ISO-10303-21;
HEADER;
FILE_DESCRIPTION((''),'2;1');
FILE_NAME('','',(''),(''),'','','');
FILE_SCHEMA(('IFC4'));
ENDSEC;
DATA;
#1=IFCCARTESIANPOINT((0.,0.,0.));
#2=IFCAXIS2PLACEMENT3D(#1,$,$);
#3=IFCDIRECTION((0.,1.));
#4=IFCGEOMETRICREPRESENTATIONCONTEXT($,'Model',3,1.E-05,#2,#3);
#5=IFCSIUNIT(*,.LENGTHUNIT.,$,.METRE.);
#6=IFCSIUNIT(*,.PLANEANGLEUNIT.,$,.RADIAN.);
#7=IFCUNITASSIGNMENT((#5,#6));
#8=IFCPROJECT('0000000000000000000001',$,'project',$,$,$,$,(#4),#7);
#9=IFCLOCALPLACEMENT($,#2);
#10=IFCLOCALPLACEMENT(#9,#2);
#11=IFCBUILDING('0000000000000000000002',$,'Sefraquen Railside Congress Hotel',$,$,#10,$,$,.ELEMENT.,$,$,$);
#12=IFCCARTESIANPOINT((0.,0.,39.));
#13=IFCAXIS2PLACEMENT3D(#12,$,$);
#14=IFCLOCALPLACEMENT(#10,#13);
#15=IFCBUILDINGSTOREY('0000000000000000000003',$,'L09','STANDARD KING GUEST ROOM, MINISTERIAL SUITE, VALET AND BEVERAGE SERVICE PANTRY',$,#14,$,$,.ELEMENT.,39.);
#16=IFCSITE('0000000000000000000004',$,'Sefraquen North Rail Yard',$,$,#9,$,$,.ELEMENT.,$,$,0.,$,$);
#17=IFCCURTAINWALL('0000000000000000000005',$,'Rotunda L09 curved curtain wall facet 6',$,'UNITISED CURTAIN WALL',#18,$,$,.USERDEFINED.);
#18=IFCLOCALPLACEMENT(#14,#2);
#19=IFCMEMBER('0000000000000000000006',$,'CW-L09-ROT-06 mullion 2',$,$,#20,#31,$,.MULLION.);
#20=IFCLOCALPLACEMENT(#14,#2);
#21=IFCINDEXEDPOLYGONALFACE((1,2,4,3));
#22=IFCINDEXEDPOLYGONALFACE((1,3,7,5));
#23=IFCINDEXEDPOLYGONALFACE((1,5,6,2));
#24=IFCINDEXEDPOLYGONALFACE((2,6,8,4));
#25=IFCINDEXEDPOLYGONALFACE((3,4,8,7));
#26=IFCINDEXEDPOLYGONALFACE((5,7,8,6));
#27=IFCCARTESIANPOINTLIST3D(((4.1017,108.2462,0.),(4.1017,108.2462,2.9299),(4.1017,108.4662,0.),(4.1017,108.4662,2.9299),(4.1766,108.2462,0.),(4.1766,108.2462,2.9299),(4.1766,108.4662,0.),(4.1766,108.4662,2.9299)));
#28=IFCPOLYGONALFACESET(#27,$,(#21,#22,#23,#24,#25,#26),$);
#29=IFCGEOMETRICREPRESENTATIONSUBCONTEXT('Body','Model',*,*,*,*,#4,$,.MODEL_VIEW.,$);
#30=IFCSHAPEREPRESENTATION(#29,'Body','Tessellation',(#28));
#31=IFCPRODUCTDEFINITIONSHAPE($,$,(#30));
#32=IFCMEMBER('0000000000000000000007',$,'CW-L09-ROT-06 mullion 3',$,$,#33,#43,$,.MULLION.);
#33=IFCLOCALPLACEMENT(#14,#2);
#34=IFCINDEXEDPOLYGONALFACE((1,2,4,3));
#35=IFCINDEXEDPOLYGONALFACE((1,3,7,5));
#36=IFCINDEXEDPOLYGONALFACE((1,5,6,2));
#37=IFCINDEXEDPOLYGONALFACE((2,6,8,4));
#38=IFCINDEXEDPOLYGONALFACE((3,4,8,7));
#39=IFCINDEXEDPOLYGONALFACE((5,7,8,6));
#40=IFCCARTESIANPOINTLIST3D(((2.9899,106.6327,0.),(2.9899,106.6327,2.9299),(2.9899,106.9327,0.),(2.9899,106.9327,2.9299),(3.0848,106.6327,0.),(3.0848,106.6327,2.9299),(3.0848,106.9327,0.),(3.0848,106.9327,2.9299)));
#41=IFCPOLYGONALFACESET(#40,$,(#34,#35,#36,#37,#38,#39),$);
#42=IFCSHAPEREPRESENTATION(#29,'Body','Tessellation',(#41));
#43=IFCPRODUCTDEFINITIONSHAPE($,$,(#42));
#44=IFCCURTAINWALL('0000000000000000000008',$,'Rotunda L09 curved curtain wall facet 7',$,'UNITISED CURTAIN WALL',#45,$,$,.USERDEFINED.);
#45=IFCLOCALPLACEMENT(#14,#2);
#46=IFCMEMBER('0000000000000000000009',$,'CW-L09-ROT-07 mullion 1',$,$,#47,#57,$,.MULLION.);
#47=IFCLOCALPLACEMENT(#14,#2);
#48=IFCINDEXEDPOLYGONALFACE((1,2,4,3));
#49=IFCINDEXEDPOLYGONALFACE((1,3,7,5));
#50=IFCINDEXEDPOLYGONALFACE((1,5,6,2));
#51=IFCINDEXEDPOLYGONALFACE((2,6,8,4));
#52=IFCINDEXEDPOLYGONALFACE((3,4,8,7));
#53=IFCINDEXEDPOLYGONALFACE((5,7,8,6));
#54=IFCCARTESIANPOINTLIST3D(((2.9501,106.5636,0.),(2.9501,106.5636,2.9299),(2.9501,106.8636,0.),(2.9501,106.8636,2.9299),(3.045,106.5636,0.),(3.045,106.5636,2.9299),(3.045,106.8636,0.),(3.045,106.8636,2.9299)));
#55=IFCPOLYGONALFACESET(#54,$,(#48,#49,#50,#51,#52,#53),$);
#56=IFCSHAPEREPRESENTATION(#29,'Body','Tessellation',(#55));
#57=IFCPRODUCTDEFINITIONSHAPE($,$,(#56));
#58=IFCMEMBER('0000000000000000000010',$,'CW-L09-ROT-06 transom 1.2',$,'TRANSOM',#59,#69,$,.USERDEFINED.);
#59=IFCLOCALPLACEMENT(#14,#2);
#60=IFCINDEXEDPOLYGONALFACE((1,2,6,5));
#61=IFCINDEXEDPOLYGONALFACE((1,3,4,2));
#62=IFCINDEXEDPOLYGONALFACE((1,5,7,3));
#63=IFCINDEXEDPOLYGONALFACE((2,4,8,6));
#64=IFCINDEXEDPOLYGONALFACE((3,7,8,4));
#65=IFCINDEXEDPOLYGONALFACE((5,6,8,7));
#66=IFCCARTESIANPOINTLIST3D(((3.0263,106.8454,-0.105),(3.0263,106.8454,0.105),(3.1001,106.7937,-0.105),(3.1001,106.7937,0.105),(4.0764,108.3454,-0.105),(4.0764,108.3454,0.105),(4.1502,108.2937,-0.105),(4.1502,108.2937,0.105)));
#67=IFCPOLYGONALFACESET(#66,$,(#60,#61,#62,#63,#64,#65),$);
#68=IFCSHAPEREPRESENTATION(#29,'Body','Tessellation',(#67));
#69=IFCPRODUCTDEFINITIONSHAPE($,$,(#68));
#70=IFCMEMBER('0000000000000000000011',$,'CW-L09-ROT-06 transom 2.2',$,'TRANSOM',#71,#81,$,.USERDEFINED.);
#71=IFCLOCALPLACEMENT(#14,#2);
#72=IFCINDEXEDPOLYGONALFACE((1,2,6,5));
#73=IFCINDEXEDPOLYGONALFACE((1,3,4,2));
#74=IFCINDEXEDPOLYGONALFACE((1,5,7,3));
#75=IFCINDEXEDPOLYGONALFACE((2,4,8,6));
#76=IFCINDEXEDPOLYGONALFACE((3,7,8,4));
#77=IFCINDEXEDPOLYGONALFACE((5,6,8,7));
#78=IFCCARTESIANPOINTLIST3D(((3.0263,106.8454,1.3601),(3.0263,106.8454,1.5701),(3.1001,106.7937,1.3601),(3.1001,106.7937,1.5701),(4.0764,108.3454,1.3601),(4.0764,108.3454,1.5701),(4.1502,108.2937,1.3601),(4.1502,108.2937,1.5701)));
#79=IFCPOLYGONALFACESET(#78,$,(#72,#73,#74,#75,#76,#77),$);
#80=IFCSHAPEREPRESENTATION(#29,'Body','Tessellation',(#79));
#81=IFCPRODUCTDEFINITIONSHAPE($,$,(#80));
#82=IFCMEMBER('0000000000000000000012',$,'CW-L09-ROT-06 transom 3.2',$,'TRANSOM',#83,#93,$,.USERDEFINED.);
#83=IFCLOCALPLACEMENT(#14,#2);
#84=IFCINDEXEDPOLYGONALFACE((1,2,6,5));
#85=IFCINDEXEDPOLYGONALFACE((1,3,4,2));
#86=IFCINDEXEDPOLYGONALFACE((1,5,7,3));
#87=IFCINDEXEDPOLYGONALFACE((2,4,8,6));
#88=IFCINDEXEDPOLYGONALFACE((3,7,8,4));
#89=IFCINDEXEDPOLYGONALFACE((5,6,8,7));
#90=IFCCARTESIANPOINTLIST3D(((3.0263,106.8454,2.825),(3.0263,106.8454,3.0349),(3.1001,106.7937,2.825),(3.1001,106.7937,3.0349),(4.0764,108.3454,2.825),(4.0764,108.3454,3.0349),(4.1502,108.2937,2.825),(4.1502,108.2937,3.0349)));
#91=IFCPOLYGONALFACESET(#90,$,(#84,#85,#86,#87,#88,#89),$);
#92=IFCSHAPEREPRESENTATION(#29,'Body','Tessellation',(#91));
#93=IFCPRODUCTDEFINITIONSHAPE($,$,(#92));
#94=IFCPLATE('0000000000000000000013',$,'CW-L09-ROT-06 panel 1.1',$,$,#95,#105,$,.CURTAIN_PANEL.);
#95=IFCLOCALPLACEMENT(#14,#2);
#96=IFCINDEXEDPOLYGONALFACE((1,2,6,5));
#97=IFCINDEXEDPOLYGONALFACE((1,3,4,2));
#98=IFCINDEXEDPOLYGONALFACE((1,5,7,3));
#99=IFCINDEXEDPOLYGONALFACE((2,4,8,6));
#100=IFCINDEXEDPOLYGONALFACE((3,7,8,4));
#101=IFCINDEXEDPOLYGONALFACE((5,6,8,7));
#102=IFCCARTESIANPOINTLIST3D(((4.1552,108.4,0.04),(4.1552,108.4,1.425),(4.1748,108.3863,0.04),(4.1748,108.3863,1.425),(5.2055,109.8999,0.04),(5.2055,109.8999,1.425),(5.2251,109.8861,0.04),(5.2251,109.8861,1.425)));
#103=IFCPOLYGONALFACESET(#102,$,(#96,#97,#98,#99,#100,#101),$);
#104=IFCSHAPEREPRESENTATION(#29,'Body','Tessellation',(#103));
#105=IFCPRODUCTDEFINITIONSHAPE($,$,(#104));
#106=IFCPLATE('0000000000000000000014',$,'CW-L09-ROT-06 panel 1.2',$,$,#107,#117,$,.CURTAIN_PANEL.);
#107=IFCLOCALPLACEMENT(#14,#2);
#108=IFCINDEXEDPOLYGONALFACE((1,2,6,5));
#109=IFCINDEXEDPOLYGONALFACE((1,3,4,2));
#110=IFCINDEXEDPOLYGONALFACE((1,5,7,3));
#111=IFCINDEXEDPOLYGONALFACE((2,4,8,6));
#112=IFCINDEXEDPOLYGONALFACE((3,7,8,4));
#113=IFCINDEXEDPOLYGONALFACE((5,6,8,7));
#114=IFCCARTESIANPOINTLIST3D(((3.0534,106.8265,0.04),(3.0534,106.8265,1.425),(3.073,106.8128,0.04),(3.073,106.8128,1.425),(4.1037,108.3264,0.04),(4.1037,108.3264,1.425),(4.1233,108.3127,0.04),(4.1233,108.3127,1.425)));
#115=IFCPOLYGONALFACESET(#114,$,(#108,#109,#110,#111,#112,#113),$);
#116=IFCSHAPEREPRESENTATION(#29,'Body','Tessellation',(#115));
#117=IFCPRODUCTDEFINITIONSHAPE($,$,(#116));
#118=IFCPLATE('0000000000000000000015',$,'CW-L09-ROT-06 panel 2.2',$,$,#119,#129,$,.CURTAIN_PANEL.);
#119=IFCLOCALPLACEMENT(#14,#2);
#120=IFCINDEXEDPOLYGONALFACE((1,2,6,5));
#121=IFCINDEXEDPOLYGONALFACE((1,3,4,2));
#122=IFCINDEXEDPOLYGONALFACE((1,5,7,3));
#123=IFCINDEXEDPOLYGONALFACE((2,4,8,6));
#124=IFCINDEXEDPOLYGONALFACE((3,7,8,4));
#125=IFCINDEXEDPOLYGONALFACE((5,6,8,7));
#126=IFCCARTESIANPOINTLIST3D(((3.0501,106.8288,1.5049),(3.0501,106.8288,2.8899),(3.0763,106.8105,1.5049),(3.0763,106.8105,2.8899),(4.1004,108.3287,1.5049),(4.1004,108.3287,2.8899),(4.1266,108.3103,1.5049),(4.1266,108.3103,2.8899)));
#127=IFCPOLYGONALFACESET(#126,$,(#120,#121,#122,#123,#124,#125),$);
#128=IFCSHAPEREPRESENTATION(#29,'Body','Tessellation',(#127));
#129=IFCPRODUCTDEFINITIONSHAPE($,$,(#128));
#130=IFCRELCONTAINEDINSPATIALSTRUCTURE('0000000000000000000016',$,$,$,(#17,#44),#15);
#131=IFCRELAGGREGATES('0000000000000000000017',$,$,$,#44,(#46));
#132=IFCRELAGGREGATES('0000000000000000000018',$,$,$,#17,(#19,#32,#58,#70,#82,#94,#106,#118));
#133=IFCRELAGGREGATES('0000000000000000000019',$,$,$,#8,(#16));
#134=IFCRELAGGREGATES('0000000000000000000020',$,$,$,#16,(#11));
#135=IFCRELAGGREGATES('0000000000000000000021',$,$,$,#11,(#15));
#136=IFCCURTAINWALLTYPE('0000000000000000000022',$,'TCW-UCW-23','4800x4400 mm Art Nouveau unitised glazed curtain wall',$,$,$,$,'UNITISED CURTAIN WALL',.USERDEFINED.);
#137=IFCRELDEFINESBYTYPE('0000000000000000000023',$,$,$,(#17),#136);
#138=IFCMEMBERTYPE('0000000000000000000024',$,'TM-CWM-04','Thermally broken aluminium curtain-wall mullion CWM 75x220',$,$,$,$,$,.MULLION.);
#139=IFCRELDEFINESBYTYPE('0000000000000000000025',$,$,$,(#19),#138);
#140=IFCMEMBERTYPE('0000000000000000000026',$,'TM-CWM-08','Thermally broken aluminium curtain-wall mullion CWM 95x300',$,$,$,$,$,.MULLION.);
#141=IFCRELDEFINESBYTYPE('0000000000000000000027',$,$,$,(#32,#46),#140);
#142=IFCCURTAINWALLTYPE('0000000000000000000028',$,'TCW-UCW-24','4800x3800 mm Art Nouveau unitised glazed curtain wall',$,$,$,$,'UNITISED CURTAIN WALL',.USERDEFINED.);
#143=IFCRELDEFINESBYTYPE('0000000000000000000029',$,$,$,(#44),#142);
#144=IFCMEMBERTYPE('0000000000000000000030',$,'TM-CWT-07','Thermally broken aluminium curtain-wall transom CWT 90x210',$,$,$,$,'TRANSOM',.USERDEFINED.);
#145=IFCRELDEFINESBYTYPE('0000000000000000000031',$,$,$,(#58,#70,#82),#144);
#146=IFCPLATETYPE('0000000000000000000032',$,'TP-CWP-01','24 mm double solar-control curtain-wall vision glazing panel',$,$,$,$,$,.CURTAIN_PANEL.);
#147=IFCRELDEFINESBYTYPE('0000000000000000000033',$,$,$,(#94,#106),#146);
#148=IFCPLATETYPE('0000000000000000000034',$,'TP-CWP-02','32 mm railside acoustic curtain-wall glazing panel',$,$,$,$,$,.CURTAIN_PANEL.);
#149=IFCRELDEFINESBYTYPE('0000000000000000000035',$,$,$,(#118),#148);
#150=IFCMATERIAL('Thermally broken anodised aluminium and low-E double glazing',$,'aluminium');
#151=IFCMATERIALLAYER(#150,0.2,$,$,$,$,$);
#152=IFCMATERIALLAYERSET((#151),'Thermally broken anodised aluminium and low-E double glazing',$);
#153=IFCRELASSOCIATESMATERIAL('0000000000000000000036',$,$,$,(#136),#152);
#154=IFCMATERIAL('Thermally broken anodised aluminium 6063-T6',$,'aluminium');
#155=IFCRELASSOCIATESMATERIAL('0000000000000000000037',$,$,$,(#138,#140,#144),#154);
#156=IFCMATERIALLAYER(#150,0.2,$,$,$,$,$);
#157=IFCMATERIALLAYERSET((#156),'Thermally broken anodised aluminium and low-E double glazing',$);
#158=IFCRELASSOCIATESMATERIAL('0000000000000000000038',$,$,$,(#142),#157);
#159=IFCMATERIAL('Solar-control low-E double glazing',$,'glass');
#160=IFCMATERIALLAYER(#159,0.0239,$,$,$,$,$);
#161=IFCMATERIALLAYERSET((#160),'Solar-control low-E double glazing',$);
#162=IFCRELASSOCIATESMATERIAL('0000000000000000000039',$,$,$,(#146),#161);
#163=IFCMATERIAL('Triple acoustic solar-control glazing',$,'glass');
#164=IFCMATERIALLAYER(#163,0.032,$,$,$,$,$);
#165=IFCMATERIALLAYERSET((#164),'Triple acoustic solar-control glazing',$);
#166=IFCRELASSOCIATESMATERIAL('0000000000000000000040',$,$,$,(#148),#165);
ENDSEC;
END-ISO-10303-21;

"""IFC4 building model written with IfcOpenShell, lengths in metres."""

from ifc_helpers import new_model, si_unit, direction, frame, origin, origin_2d, place, context, subcontext, project, spatial, rectangle, extrude, material, layer, layer_set, material_profile, profile_set, type_object, element, aggregate, save


model = new_model("IFC4")

# Units and contexts
model_context = context("Model", 3, precision=1e-05, world=origin(), true_north=direction((0.0, 1.0)))
body_context = subcontext(model_context, "Body", "Model", "MODEL_VIEW")
ifc_project = project(units=[si_unit("LENGTHUNIT", "METRE"), si_unit("PLANEANGLEUNIT", "RADIAN")], contexts=[model_context])

# Site, building, storey
site_placement = place(None, origin())
site = spatial("IfcSite", under=ifc_project, at=site_placement, Name="Sefraquen North Rail Yard", CompositionType="ELEMENT", RefElevation=0.0)
building_placement = place(site_placement, origin())
building = spatial("IfcBuilding", under=site, at=building_placement, Name="Sefraquen Railside Congress Hotel", CompositionType="ELEMENT")
storey_placement = place(building_placement, frame((0.0, 0.0, 39.0)))
storey = spatial("IfcBuildingStorey", under=building, at=storey_placement, Name="L09", Description="STANDARD KING GUEST ROOM, MINISTERIAL SUITE, VALET AND BEVERAGE SERVICE PANTRY", CompositionType="ELEMENT", Elevation=39.0)

# Curtain wall, members
ifc_material_1 = material(Name="Thermally broken anodised aluminium and low-E double glazing", Category="aluminium")
ifc_layer_1 = layer(ifc_material_1, 0.2)
ifc_layer_set_1 = layer_set([ifc_layer_1], Name="Thermally broken anodised aluminium and low-E double glazing")
curtain_wall_type_1 = type_object("IfcCurtainWallType", Name="TCW-UCW-23", Description="4800x4400 mm Art Nouveau unitised glazed curtain wall", ElementType="UNITISED CURTAIN WALL", PredefinedType="USERDEFINED", material=ifc_layer_set_1)
curtain_wall_1_placement = place(storey_placement, origin())
curtain_wall_1 = element("IfcCurtainWall", 1, at=curtain_wall_1_placement, inside=storey, type_object=curtain_wall_type_1, Name="Rotunda L09 curved curtain wall facet 6", ObjectType="UNITISED CURTAIN WALL", PredefinedType="USERDEFINED")
ifc_material_2 = material(Name="Thermally broken anodised aluminium 6063-T6", Category="aluminium")
ifc_material_profile_1 = material_profile(ifc_material_2, rectangle(XDim=0.075, YDim=0.22, at=origin_2d()), Name="CWM 75x220")
ifc_profile_set_1 = profile_set([ifc_material_profile_1], Name="Thermally broken anodised aluminium 6063-T6")
member_type_1 = type_object("IfcMemberType", Name="TM-CWM-04", Description="Thermally broken aluminium curtain-wall mullion CWM 75x220", PredefinedType="MULLION", material=ifc_profile_set_1)
member_1_placement = place(storey_placement, frame((4.1392, 108.3562, 0.0), z_axis=(0.0, 0.0, 1.0), x_axis=(1.0, 0.0, 0.0)))
member_1 = element("IfcMember", 2, at=member_1_placement, type_object=member_type_1, Name="CW-L09-ROT-06 mullion 2", PredefinedType="MULLION", context=body_context, shape_type="SweptSolid", body=[
    extrude(rectangle(XDim=0.075, YDim=0.22, at=origin_2d()), origin(), (0.0, 0.0, 1.0), 2.9299),
])
ifc_material_profile_2 = material_profile(ifc_material_2, rectangle(XDim=0.095, YDim=0.3, at=origin_2d()), Name="CWM 95x300")
ifc_profile_set_2 = profile_set([ifc_material_profile_2], Name="Thermally broken anodised aluminium 6063-T6")
member_type_2 = type_object("IfcMemberType", Name="TM-CWM-08", Description="Thermally broken aluminium curtain-wall mullion CWM 95x300", PredefinedType="MULLION", material=ifc_profile_set_2)
member_2_placement = place(storey_placement, frame((3.0374, 106.7827, 0.0), z_axis=(0.0, 0.0, 1.0), x_axis=(1.0, 0.0, 0.0)))
member_2 = element("IfcMember", 3, at=member_2_placement, type_object=member_type_2, Name="CW-L09-ROT-06 mullion 3", PredefinedType="MULLION", context=body_context, shape_type="SweptSolid", body=[
    extrude(rectangle(XDim=0.095, YDim=0.3, at=origin_2d()), origin(), (0.0, 0.0, 1.0), 2.9299),
])

# Curtain wall, member
ifc_layer_2 = layer(ifc_material_1, 0.2)
ifc_layer_set_2 = layer_set([ifc_layer_2], Name="Thermally broken anodised aluminium and low-E double glazing")
curtain_wall_type_2 = type_object("IfcCurtainWallType", Name="TCW-UCW-24", Description="4800x3800 mm Art Nouveau unitised glazed curtain wall", ElementType="UNITISED CURTAIN WALL", PredefinedType="USERDEFINED", material=ifc_layer_set_2)
curtain_wall_2_placement = place(storey_placement, origin())
curtain_wall_2 = element("IfcCurtainWall", 4, at=curtain_wall_2_placement, inside=storey, type_object=curtain_wall_type_2, Name="Rotunda L09 curved curtain wall facet 7", ObjectType="UNITISED CURTAIN WALL", PredefinedType="USERDEFINED")
member_3_placement = place(storey_placement, frame((2.9976, 106.7136, 0.0), z_axis=(0.0, 0.0, 1.0), x_axis=(1.0, 0.0, 0.0)))
member_3 = element("IfcMember", 5, at=member_3_placement, type_object=member_type_2, Name="CW-L09-ROT-07 mullion 1", PredefinedType="MULLION", context=body_context, shape_type="SweptSolid", body=[
    extrude(rectangle(XDim=0.095, YDim=0.3, at=origin_2d()), origin(), (0.0, 0.0, 1.0), 2.9299),
])
aggregate(curtain_wall_2, [member_3])

# Members
ifc_material_profile_3 = material_profile(ifc_material_2, rectangle(XDim=0.0901, YDim=0.21, at=origin_2d()), Name="CWT 90x210")
ifc_profile_set_3 = profile_set([ifc_material_profile_3], Name="Thermally broken anodised aluminium 6063-T6")
member_type_3 = type_object("IfcMemberType", Name="TM-CWT-07", Description="Thermally broken aluminium curtain-wall transom CWT 90x210", ElementType="TRANSOM", PredefinedType="USERDEFINED", material=ifc_profile_set_3)
member_4_placement = place(storey_placement, frame((4.1133, 108.3196, 0.0), z_axis=(-0.57348, -0.819219, 0.0), x_axis=(0.819219, -0.57348, 0.0)))
member_4 = element("IfcMember", 6, at=member_4_placement, type_object=member_type_3, Name="CW-L09-ROT-06 transom 1.2", ObjectType="TRANSOM", PredefinedType="USERDEFINED", context=body_context, shape_type="SweptSolid", body=[
    extrude(rectangle(XDim=0.0901, YDim=0.21, at=origin_2d()), origin(), (0.0, 0.0, 1.0), 1.8311),
])
member_5_placement = place(storey_placement, frame((4.1133, 108.3196, 1.4651), z_axis=(-0.57348, -0.819219, 0.0), x_axis=(0.819219, -0.57348, 0.0)))
member_5 = element("IfcMember", 7, at=member_5_placement, type_object=member_type_3, Name="CW-L09-ROT-06 transom 2.2", ObjectType="TRANSOM", PredefinedType="USERDEFINED", context=body_context, shape_type="SweptSolid", body=[
    extrude(rectangle(XDim=0.0901, YDim=0.21, at=origin_2d()), origin(), (0.0, 0.0, 1.0), 1.8311),
])
member_6_placement = place(storey_placement, frame((4.1133, 108.3196, 2.9299), z_axis=(-0.57348, -0.819219, 0.0), x_axis=(0.819219, -0.57348, 0.0)))
member_6 = element("IfcMember", 8, at=member_6_placement, type_object=member_type_3, Name="CW-L09-ROT-06 transom 3.2", ObjectType="TRANSOM", PredefinedType="USERDEFINED", context=body_context, shape_type="SweptSolid", body=[
    extrude(rectangle(XDim=0.0901, YDim=0.21, at=origin_2d()), origin(), (0.0, 0.0, 1.0), 1.8311),
])

# Plates
ifc_material_3 = material(Name="Solar-control low-E double glazing", Category="glass")
ifc_layer_3 = layer(ifc_material_3, 0.0239)
ifc_layer_set_3 = layer_set([ifc_layer_3], Name="Solar-control low-E double glazing")
plate_type_1 = type_object("IfcPlateType", Name="TP-CWP-01", Description="24 mm double solar-control curtain-wall vision glazing panel", PredefinedType="CURTAIN_PANEL", material=ifc_layer_set_3)
plate_1_placement = place(storey_placement, frame((4.6902, 109.1431, 0.04), z_axis=(0.0, 0.0, 1.0), x_axis=(-0.573605, -0.819132, 0.0)))
plate_1 = element("IfcPlate", 9, at=plate_1_placement, type_object=plate_type_1, Name="CW-L09-ROT-06 panel 1.1", PredefinedType="CURTAIN_PANEL", context=body_context, shape_type="SweptSolid", body=[
    extrude(rectangle(XDim=1.8311, YDim=0.0239, at=origin_2d()), origin(), (0.0, 0.0, 1.0), 1.385),
])
plate_2_placement = place(storey_placement, frame((3.5884, 107.5696, 0.04), z_axis=(0.0, 0.0, 1.0), x_axis=(-0.573605, -0.819132, 0.0)))
plate_2 = element("IfcPlate", 10, at=plate_2_placement, type_object=plate_type_1, Name="CW-L09-ROT-06 panel 1.2", PredefinedType="CURTAIN_PANEL", context=body_context, shape_type="SweptSolid", body=[
    extrude(rectangle(XDim=1.8311, YDim=0.0239, at=origin_2d()), origin(), (0.0, 0.0, 1.0), 1.385),
])
ifc_material_4 = material(Name="Triple acoustic solar-control glazing", Category="glass")
ifc_layer_4 = layer(ifc_material_4, 0.032)
ifc_layer_set_4 = layer_set([ifc_layer_4], Name="Triple acoustic solar-control glazing")
plate_type_2 = type_object("IfcPlateType", Name="TP-CWP-02", Description="32 mm railside acoustic curtain-wall glazing panel", PredefinedType="CURTAIN_PANEL", material=ifc_layer_set_4)
plate_3_placement = place(storey_placement, frame((3.5884, 107.5696, 1.5049), z_axis=(0.0, 0.0, 1.0), x_axis=(-0.573605, -0.819132, 0.0)))
plate_3 = element("IfcPlate", 11, at=plate_3_placement, type_object=plate_type_2, Name="CW-L09-ROT-06 panel 2.2", PredefinedType="CURTAIN_PANEL", context=body_context, shape_type="SweptSolid", body=[
    extrude(rectangle(XDim=1.8311, YDim=0.032, at=origin_2d()), origin(), (0.0, 0.0, 1.0), 1.385),
])
aggregate(curtain_wall_1, [member_1, member_2, member_4, member_5, member_6, plate_1, plate_2, plate_3])

save(model, "model.ifc")
